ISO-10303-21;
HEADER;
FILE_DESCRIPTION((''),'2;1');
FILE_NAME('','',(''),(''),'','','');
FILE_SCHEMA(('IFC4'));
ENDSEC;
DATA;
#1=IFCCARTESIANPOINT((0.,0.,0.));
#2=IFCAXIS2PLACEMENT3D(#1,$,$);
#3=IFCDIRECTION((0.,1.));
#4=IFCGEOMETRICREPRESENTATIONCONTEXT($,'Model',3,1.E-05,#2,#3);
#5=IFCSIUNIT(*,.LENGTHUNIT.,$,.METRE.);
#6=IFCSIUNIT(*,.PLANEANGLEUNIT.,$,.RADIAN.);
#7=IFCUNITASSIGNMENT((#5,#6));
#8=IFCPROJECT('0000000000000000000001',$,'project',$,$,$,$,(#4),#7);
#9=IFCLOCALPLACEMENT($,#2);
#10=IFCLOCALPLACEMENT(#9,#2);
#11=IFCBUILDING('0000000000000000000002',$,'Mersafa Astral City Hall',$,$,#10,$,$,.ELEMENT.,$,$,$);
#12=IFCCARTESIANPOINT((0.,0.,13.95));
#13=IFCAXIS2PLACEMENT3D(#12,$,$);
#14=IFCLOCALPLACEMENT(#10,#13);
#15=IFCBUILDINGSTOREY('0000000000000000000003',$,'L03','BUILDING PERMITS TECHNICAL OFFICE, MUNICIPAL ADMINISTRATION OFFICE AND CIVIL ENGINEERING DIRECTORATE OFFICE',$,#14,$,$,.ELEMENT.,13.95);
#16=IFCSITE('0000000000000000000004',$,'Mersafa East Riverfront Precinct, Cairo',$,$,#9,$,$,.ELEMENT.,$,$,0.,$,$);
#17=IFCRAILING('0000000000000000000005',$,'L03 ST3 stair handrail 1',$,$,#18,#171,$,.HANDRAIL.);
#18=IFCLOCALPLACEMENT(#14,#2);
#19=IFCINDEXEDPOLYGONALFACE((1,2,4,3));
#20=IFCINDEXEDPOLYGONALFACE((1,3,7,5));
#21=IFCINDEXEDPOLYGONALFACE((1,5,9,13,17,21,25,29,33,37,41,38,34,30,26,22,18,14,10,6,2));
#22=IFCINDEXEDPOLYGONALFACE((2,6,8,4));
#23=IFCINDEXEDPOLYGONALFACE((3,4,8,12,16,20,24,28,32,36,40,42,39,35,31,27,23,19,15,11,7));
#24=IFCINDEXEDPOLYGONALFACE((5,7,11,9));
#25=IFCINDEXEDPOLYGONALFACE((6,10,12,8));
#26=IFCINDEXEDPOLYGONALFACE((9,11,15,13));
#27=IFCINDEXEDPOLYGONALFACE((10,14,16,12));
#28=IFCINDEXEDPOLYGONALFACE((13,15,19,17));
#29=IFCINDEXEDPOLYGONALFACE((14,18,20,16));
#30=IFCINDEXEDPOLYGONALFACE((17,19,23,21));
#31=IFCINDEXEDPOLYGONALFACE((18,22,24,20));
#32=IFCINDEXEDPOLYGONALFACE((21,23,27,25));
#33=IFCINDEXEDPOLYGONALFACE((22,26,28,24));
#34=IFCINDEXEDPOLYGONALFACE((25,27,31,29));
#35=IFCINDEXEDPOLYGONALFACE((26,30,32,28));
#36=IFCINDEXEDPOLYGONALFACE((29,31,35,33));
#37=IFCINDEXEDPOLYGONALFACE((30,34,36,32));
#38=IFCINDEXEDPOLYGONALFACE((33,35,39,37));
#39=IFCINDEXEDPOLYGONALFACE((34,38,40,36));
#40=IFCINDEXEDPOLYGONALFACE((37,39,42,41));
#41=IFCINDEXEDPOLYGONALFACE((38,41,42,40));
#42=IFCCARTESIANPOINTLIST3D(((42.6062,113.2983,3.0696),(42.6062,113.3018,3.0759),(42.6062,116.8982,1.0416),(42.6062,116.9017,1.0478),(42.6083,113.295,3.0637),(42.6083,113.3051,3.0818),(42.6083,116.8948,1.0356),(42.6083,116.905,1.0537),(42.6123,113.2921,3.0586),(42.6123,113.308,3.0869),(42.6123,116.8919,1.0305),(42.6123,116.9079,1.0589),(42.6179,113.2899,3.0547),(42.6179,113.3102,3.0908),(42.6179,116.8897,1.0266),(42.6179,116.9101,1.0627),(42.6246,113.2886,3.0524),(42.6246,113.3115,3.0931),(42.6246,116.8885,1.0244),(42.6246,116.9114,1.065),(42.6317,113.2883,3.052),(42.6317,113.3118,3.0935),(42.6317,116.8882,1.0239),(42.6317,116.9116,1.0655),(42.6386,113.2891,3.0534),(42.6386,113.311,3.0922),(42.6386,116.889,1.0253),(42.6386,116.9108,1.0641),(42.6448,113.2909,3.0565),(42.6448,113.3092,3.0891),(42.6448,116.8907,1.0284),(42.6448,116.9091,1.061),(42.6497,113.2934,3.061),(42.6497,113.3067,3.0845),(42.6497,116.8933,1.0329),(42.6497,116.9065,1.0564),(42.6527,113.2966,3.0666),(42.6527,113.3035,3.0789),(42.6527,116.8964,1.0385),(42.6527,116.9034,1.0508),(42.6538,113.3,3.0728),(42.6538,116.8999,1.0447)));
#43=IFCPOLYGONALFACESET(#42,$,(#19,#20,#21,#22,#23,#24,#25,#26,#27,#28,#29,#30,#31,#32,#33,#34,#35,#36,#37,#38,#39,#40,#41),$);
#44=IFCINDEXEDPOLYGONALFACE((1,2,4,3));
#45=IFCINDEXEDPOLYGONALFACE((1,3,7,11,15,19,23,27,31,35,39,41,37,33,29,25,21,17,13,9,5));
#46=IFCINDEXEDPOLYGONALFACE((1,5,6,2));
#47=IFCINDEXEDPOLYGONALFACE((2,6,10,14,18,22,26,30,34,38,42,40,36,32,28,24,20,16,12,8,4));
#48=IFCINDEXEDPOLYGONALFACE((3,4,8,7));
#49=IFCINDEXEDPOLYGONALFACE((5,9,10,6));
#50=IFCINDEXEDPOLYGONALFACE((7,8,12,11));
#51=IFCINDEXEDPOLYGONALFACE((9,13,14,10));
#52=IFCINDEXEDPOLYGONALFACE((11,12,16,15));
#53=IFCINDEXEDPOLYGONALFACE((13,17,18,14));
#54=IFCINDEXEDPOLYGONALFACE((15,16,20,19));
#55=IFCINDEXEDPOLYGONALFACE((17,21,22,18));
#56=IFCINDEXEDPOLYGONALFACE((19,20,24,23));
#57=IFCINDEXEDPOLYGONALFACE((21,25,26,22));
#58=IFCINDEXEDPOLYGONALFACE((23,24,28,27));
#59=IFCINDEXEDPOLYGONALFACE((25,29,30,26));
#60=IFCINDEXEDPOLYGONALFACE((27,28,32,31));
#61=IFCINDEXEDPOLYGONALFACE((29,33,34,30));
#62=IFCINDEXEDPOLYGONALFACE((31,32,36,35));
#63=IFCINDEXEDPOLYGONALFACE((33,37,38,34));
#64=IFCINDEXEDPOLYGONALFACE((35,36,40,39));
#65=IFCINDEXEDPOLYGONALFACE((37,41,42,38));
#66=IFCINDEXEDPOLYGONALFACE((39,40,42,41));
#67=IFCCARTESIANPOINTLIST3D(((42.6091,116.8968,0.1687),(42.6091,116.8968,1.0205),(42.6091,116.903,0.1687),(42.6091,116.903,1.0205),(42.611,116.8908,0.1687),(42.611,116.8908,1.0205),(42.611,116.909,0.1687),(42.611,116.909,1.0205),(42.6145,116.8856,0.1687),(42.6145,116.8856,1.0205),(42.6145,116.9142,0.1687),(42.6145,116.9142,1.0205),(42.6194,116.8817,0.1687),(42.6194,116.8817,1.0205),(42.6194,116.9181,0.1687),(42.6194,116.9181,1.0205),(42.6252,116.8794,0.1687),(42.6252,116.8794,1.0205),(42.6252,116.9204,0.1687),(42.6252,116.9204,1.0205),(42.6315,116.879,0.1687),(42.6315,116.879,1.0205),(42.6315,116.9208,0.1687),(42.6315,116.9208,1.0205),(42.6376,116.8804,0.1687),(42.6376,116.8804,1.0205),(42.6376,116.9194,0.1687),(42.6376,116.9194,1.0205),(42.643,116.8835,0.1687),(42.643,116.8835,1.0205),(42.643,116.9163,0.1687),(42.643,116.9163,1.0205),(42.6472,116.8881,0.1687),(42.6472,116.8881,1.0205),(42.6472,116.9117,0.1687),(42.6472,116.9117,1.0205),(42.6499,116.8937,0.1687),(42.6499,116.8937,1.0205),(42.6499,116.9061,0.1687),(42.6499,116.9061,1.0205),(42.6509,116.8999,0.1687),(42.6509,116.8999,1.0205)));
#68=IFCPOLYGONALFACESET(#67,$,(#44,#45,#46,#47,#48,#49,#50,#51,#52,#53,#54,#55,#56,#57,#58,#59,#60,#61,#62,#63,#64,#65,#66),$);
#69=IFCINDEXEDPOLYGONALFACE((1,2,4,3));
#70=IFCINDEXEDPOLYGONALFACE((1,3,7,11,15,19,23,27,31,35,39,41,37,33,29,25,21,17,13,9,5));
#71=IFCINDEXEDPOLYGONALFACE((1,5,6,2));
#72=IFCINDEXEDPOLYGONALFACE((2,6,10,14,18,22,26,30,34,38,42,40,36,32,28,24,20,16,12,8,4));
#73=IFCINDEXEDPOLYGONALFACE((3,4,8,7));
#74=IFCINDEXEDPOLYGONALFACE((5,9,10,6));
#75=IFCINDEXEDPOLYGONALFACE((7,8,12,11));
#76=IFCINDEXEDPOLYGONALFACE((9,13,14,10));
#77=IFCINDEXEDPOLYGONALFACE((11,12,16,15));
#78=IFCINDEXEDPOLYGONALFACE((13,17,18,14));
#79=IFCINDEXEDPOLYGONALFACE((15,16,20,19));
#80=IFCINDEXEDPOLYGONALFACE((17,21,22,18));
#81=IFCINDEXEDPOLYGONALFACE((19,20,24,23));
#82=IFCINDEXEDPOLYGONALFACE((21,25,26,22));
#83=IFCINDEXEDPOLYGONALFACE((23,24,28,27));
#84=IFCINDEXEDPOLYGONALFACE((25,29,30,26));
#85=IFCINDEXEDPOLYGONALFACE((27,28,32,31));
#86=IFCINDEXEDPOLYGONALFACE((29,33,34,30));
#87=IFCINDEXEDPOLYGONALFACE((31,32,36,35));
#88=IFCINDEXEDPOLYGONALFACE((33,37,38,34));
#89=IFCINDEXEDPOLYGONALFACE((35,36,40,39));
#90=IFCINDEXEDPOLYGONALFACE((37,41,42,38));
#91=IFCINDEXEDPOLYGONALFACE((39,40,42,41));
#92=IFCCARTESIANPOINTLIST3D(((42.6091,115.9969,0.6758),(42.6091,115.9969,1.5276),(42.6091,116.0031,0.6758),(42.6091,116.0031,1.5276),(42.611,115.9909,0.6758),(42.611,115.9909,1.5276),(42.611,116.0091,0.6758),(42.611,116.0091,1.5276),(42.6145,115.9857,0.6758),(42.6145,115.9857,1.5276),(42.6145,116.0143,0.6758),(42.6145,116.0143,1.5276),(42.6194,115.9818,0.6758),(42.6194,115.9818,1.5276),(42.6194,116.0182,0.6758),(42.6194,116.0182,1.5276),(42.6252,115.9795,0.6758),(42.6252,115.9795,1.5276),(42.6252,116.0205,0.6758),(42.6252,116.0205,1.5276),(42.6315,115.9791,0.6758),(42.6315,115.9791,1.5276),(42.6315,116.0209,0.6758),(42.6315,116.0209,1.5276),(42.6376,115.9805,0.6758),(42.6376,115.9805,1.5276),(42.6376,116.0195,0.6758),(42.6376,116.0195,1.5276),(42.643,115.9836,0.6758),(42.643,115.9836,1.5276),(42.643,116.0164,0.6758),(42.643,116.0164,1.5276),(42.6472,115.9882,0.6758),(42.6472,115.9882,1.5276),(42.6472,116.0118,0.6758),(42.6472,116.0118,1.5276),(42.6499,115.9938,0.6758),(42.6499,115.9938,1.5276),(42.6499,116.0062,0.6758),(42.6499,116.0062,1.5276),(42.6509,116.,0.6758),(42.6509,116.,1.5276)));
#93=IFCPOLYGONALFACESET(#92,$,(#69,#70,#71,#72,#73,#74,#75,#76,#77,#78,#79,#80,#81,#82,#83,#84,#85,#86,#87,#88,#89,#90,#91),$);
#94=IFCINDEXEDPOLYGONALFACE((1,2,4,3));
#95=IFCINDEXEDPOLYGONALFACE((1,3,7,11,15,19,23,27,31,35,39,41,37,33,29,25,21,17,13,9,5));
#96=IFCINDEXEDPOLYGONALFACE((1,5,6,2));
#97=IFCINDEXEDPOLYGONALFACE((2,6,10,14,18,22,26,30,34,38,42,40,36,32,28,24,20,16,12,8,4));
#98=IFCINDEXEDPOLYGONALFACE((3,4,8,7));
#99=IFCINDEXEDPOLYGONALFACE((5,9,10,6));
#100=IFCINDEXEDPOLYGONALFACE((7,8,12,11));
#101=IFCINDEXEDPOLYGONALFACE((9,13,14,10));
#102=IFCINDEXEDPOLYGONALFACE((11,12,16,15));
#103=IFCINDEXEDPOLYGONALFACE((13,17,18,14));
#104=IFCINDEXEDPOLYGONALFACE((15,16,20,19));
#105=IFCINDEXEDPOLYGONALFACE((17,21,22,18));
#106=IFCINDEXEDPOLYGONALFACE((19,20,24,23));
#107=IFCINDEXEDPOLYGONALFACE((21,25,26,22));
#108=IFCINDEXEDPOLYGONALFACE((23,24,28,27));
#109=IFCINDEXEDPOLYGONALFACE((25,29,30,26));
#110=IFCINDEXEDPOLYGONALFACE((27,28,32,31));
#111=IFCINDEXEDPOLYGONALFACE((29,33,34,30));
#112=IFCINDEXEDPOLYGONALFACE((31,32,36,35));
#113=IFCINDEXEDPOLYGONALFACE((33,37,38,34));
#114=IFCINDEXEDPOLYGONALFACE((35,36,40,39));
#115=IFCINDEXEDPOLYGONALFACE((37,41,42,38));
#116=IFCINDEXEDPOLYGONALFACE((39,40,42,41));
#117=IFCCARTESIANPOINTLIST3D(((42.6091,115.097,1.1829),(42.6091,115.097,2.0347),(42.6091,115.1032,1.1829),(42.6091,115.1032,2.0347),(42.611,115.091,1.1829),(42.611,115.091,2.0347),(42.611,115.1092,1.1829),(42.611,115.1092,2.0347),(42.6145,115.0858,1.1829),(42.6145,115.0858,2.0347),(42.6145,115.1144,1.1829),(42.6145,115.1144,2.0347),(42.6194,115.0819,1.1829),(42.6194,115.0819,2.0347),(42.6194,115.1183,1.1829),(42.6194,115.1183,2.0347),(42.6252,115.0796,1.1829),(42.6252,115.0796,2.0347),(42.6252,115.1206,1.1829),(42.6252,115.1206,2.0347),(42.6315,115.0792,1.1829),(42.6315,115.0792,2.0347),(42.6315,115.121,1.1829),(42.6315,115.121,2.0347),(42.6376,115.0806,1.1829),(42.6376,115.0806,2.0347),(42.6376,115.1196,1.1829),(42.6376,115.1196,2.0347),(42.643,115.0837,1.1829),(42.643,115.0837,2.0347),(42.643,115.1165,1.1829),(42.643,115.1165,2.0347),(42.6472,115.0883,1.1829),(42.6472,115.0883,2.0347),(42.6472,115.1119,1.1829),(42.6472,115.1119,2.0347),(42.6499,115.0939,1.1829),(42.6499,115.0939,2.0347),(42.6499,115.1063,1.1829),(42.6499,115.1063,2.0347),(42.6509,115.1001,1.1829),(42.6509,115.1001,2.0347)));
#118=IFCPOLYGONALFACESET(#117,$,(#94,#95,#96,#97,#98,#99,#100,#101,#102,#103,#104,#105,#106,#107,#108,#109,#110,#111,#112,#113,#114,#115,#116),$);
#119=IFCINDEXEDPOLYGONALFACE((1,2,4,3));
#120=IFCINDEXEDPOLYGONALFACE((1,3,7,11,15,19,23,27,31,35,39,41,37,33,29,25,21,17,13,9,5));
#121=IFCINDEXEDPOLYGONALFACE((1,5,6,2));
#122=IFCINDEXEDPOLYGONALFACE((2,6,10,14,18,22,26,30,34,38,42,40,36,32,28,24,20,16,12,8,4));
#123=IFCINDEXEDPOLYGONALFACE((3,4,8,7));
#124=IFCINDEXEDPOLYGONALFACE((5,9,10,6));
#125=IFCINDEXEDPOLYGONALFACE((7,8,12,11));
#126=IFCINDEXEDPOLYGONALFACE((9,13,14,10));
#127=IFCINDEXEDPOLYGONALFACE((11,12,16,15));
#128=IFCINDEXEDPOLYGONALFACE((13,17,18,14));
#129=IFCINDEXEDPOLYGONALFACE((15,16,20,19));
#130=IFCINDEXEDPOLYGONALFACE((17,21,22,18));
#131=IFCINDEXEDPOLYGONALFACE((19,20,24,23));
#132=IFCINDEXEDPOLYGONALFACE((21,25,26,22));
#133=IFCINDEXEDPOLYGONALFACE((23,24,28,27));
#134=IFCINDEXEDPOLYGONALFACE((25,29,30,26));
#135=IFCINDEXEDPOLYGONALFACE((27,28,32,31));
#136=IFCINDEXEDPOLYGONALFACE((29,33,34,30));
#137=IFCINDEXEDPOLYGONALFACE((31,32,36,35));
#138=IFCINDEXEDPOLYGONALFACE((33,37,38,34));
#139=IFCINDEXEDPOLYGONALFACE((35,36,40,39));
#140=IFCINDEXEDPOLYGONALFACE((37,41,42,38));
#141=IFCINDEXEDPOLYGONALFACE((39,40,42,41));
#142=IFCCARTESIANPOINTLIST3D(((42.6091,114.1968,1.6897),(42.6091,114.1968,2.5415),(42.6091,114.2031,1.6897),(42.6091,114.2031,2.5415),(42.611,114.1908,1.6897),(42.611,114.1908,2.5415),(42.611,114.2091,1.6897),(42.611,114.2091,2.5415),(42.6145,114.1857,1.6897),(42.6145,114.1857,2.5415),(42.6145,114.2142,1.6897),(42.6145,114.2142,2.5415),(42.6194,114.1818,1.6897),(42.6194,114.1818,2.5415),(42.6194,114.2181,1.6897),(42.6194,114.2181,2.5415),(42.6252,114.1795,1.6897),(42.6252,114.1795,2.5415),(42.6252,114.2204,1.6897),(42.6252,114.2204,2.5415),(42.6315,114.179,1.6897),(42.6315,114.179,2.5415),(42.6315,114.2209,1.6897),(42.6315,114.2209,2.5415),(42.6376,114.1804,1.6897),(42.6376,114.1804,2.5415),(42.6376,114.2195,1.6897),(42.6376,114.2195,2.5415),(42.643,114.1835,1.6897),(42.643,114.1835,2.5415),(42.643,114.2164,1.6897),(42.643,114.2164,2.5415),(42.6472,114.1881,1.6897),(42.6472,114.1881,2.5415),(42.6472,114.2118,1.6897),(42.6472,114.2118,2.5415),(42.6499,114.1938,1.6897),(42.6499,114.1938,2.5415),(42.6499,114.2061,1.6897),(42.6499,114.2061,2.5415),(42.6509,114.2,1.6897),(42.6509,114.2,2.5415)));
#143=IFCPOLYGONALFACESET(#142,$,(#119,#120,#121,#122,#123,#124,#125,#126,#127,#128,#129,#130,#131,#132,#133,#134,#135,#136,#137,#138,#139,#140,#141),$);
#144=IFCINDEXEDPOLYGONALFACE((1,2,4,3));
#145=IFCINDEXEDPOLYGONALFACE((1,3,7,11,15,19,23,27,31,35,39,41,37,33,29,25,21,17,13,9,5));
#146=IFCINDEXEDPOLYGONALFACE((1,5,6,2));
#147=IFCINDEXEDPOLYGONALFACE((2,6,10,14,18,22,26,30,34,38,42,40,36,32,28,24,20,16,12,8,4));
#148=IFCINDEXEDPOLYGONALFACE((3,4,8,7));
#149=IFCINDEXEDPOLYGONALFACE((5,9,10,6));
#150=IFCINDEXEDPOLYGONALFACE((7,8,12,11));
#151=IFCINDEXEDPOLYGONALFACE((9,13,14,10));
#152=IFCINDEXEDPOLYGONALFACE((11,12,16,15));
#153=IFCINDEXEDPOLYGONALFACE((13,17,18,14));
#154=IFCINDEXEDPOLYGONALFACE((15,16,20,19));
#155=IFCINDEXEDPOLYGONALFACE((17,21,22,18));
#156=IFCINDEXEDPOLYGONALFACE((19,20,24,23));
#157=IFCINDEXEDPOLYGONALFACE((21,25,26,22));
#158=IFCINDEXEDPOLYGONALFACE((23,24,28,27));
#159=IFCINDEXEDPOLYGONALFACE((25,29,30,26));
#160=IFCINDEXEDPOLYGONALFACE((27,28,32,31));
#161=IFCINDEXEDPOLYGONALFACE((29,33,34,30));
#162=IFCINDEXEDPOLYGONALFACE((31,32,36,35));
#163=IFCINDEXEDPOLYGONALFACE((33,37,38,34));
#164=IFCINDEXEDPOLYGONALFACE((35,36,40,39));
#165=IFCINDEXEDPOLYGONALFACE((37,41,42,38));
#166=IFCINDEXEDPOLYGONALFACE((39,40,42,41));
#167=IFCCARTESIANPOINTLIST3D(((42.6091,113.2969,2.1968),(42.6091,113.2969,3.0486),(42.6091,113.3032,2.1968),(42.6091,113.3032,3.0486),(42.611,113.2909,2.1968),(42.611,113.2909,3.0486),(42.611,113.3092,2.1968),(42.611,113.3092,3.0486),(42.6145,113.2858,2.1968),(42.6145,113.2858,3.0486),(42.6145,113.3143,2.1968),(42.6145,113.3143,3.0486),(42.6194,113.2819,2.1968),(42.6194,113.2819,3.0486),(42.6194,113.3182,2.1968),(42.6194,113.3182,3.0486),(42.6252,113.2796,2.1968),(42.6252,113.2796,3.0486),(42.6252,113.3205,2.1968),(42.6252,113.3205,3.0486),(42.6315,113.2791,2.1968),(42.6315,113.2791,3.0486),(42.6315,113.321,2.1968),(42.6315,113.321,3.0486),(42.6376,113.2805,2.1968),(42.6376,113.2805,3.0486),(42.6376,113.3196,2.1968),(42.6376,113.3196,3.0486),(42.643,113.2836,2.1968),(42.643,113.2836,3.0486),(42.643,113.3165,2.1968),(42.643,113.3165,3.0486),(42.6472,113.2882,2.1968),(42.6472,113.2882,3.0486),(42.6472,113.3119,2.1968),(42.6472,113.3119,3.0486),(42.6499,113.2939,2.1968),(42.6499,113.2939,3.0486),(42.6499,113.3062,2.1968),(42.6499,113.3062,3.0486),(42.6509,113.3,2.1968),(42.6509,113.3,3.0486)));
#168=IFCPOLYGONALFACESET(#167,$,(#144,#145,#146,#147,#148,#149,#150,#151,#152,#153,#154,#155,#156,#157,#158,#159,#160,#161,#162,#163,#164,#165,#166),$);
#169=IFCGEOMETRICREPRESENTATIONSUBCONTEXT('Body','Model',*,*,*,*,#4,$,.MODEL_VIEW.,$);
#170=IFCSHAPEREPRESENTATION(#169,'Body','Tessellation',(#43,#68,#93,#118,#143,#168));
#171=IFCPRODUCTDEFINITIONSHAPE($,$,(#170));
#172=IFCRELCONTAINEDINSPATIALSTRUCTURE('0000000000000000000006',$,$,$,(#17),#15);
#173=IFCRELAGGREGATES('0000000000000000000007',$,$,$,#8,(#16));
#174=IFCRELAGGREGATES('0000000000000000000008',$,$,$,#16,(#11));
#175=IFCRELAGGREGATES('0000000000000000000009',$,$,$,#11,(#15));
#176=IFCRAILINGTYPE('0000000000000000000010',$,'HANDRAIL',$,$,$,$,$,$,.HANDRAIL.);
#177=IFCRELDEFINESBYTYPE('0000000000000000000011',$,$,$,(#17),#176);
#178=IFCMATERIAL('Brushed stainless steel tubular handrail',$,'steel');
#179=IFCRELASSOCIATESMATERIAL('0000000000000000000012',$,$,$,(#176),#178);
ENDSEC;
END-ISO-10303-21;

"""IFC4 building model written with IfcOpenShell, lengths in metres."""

from ifc_helpers import new_model, si_unit, direction, frame, origin, origin_2d, place, context, subcontext, project, spatial, circle, extrude, material, type_object, element, save


model = new_model("IFC4")

# Units and contexts
model_context = context("Model", 3, precision=1e-05, world=origin(), true_north=direction((0.0, 1.0)))
body_context = subcontext(model_context, "Body", "Model", "MODEL_VIEW")
ifc_project = project(units=[si_unit("LENGTHUNIT", "METRE"), si_unit("PLANEANGLEUNIT", "RADIAN")], contexts=[model_context])

# Site, building, storey
site_placement = place(None, origin())
site = spatial("IfcSite", under=ifc_project, at=site_placement, Name="Mersafa East Riverfront Precinct, Cairo", CompositionType="ELEMENT", RefElevation=0.0)
building_placement = place(site_placement, origin())
building = spatial("IfcBuilding", under=site, at=building_placement, Name="Mersafa Astral City Hall", CompositionType="ELEMENT")
storey_placement = place(building_placement, frame((0.0, 0.0, 13.95)))
storey = spatial("IfcBuildingStorey", under=building, at=storey_placement, Name="L03", Description="BUILDING PERMITS TECHNICAL OFFICE, MUNICIPAL ADMINISTRATION OFFICE AND CIVIL ENGINEERING DIRECTORATE OFFICE", CompositionType="ELEMENT", Elevation=13.95)

# Railing
ifc_material_1 = material(Name="Brushed stainless steel tubular handrail", Category="steel")
railing_type_1 = type_object("IfcRailingType", Name="HANDRAIL", PredefinedType="HANDRAIL", material=ifc_material_1)
railing_1_placement = place(storey_placement, frame((42.6299, 116.8999, 0.1687)))
element("IfcRailing", 1, at=railing_1_placement, inside=storey, type_object=railing_type_1, Name="L03 ST3 stair handrail 1", PredefinedType="HANDRAIL", context=body_context, shape_type="SweptSolid", body=[
    extrude(circle(Radius=0.0239, at=origin_2d()), frame((0.0, 0.0, 0.876), z_axis=(0.0, -0.871249, 0.490842), x_axis=(1.0, 0.0, 0.0)), (0.0, 0.0, 1.0), 4.1318),
    extrude(circle(Radius=0.021, at=origin_2d()), origin(), (0.0, 0.0, 1.0), 0.8518),
    extrude(circle(Radius=0.021, at=origin_2d()), frame((0.0, -0.8999, 0.5071)), (0.0, 0.0, 1.0), 0.8518),
    extrude(circle(Radius=0.021, at=origin_2d()), frame((0.0, -1.7998, 1.0142)), (0.0, 0.0, 1.0), 0.8518),
    extrude(circle(Radius=0.021, at=origin_2d()), frame((0.0, -2.7, 1.521)), (0.0, 0.0, 1.0), 0.8518),
    extrude(circle(Radius=0.021, at=origin_2d()), frame((0.0, -3.5999, 2.0281)), (0.0, 0.0, 1.0), 0.8518),
])

save(model, "model.ifc")
